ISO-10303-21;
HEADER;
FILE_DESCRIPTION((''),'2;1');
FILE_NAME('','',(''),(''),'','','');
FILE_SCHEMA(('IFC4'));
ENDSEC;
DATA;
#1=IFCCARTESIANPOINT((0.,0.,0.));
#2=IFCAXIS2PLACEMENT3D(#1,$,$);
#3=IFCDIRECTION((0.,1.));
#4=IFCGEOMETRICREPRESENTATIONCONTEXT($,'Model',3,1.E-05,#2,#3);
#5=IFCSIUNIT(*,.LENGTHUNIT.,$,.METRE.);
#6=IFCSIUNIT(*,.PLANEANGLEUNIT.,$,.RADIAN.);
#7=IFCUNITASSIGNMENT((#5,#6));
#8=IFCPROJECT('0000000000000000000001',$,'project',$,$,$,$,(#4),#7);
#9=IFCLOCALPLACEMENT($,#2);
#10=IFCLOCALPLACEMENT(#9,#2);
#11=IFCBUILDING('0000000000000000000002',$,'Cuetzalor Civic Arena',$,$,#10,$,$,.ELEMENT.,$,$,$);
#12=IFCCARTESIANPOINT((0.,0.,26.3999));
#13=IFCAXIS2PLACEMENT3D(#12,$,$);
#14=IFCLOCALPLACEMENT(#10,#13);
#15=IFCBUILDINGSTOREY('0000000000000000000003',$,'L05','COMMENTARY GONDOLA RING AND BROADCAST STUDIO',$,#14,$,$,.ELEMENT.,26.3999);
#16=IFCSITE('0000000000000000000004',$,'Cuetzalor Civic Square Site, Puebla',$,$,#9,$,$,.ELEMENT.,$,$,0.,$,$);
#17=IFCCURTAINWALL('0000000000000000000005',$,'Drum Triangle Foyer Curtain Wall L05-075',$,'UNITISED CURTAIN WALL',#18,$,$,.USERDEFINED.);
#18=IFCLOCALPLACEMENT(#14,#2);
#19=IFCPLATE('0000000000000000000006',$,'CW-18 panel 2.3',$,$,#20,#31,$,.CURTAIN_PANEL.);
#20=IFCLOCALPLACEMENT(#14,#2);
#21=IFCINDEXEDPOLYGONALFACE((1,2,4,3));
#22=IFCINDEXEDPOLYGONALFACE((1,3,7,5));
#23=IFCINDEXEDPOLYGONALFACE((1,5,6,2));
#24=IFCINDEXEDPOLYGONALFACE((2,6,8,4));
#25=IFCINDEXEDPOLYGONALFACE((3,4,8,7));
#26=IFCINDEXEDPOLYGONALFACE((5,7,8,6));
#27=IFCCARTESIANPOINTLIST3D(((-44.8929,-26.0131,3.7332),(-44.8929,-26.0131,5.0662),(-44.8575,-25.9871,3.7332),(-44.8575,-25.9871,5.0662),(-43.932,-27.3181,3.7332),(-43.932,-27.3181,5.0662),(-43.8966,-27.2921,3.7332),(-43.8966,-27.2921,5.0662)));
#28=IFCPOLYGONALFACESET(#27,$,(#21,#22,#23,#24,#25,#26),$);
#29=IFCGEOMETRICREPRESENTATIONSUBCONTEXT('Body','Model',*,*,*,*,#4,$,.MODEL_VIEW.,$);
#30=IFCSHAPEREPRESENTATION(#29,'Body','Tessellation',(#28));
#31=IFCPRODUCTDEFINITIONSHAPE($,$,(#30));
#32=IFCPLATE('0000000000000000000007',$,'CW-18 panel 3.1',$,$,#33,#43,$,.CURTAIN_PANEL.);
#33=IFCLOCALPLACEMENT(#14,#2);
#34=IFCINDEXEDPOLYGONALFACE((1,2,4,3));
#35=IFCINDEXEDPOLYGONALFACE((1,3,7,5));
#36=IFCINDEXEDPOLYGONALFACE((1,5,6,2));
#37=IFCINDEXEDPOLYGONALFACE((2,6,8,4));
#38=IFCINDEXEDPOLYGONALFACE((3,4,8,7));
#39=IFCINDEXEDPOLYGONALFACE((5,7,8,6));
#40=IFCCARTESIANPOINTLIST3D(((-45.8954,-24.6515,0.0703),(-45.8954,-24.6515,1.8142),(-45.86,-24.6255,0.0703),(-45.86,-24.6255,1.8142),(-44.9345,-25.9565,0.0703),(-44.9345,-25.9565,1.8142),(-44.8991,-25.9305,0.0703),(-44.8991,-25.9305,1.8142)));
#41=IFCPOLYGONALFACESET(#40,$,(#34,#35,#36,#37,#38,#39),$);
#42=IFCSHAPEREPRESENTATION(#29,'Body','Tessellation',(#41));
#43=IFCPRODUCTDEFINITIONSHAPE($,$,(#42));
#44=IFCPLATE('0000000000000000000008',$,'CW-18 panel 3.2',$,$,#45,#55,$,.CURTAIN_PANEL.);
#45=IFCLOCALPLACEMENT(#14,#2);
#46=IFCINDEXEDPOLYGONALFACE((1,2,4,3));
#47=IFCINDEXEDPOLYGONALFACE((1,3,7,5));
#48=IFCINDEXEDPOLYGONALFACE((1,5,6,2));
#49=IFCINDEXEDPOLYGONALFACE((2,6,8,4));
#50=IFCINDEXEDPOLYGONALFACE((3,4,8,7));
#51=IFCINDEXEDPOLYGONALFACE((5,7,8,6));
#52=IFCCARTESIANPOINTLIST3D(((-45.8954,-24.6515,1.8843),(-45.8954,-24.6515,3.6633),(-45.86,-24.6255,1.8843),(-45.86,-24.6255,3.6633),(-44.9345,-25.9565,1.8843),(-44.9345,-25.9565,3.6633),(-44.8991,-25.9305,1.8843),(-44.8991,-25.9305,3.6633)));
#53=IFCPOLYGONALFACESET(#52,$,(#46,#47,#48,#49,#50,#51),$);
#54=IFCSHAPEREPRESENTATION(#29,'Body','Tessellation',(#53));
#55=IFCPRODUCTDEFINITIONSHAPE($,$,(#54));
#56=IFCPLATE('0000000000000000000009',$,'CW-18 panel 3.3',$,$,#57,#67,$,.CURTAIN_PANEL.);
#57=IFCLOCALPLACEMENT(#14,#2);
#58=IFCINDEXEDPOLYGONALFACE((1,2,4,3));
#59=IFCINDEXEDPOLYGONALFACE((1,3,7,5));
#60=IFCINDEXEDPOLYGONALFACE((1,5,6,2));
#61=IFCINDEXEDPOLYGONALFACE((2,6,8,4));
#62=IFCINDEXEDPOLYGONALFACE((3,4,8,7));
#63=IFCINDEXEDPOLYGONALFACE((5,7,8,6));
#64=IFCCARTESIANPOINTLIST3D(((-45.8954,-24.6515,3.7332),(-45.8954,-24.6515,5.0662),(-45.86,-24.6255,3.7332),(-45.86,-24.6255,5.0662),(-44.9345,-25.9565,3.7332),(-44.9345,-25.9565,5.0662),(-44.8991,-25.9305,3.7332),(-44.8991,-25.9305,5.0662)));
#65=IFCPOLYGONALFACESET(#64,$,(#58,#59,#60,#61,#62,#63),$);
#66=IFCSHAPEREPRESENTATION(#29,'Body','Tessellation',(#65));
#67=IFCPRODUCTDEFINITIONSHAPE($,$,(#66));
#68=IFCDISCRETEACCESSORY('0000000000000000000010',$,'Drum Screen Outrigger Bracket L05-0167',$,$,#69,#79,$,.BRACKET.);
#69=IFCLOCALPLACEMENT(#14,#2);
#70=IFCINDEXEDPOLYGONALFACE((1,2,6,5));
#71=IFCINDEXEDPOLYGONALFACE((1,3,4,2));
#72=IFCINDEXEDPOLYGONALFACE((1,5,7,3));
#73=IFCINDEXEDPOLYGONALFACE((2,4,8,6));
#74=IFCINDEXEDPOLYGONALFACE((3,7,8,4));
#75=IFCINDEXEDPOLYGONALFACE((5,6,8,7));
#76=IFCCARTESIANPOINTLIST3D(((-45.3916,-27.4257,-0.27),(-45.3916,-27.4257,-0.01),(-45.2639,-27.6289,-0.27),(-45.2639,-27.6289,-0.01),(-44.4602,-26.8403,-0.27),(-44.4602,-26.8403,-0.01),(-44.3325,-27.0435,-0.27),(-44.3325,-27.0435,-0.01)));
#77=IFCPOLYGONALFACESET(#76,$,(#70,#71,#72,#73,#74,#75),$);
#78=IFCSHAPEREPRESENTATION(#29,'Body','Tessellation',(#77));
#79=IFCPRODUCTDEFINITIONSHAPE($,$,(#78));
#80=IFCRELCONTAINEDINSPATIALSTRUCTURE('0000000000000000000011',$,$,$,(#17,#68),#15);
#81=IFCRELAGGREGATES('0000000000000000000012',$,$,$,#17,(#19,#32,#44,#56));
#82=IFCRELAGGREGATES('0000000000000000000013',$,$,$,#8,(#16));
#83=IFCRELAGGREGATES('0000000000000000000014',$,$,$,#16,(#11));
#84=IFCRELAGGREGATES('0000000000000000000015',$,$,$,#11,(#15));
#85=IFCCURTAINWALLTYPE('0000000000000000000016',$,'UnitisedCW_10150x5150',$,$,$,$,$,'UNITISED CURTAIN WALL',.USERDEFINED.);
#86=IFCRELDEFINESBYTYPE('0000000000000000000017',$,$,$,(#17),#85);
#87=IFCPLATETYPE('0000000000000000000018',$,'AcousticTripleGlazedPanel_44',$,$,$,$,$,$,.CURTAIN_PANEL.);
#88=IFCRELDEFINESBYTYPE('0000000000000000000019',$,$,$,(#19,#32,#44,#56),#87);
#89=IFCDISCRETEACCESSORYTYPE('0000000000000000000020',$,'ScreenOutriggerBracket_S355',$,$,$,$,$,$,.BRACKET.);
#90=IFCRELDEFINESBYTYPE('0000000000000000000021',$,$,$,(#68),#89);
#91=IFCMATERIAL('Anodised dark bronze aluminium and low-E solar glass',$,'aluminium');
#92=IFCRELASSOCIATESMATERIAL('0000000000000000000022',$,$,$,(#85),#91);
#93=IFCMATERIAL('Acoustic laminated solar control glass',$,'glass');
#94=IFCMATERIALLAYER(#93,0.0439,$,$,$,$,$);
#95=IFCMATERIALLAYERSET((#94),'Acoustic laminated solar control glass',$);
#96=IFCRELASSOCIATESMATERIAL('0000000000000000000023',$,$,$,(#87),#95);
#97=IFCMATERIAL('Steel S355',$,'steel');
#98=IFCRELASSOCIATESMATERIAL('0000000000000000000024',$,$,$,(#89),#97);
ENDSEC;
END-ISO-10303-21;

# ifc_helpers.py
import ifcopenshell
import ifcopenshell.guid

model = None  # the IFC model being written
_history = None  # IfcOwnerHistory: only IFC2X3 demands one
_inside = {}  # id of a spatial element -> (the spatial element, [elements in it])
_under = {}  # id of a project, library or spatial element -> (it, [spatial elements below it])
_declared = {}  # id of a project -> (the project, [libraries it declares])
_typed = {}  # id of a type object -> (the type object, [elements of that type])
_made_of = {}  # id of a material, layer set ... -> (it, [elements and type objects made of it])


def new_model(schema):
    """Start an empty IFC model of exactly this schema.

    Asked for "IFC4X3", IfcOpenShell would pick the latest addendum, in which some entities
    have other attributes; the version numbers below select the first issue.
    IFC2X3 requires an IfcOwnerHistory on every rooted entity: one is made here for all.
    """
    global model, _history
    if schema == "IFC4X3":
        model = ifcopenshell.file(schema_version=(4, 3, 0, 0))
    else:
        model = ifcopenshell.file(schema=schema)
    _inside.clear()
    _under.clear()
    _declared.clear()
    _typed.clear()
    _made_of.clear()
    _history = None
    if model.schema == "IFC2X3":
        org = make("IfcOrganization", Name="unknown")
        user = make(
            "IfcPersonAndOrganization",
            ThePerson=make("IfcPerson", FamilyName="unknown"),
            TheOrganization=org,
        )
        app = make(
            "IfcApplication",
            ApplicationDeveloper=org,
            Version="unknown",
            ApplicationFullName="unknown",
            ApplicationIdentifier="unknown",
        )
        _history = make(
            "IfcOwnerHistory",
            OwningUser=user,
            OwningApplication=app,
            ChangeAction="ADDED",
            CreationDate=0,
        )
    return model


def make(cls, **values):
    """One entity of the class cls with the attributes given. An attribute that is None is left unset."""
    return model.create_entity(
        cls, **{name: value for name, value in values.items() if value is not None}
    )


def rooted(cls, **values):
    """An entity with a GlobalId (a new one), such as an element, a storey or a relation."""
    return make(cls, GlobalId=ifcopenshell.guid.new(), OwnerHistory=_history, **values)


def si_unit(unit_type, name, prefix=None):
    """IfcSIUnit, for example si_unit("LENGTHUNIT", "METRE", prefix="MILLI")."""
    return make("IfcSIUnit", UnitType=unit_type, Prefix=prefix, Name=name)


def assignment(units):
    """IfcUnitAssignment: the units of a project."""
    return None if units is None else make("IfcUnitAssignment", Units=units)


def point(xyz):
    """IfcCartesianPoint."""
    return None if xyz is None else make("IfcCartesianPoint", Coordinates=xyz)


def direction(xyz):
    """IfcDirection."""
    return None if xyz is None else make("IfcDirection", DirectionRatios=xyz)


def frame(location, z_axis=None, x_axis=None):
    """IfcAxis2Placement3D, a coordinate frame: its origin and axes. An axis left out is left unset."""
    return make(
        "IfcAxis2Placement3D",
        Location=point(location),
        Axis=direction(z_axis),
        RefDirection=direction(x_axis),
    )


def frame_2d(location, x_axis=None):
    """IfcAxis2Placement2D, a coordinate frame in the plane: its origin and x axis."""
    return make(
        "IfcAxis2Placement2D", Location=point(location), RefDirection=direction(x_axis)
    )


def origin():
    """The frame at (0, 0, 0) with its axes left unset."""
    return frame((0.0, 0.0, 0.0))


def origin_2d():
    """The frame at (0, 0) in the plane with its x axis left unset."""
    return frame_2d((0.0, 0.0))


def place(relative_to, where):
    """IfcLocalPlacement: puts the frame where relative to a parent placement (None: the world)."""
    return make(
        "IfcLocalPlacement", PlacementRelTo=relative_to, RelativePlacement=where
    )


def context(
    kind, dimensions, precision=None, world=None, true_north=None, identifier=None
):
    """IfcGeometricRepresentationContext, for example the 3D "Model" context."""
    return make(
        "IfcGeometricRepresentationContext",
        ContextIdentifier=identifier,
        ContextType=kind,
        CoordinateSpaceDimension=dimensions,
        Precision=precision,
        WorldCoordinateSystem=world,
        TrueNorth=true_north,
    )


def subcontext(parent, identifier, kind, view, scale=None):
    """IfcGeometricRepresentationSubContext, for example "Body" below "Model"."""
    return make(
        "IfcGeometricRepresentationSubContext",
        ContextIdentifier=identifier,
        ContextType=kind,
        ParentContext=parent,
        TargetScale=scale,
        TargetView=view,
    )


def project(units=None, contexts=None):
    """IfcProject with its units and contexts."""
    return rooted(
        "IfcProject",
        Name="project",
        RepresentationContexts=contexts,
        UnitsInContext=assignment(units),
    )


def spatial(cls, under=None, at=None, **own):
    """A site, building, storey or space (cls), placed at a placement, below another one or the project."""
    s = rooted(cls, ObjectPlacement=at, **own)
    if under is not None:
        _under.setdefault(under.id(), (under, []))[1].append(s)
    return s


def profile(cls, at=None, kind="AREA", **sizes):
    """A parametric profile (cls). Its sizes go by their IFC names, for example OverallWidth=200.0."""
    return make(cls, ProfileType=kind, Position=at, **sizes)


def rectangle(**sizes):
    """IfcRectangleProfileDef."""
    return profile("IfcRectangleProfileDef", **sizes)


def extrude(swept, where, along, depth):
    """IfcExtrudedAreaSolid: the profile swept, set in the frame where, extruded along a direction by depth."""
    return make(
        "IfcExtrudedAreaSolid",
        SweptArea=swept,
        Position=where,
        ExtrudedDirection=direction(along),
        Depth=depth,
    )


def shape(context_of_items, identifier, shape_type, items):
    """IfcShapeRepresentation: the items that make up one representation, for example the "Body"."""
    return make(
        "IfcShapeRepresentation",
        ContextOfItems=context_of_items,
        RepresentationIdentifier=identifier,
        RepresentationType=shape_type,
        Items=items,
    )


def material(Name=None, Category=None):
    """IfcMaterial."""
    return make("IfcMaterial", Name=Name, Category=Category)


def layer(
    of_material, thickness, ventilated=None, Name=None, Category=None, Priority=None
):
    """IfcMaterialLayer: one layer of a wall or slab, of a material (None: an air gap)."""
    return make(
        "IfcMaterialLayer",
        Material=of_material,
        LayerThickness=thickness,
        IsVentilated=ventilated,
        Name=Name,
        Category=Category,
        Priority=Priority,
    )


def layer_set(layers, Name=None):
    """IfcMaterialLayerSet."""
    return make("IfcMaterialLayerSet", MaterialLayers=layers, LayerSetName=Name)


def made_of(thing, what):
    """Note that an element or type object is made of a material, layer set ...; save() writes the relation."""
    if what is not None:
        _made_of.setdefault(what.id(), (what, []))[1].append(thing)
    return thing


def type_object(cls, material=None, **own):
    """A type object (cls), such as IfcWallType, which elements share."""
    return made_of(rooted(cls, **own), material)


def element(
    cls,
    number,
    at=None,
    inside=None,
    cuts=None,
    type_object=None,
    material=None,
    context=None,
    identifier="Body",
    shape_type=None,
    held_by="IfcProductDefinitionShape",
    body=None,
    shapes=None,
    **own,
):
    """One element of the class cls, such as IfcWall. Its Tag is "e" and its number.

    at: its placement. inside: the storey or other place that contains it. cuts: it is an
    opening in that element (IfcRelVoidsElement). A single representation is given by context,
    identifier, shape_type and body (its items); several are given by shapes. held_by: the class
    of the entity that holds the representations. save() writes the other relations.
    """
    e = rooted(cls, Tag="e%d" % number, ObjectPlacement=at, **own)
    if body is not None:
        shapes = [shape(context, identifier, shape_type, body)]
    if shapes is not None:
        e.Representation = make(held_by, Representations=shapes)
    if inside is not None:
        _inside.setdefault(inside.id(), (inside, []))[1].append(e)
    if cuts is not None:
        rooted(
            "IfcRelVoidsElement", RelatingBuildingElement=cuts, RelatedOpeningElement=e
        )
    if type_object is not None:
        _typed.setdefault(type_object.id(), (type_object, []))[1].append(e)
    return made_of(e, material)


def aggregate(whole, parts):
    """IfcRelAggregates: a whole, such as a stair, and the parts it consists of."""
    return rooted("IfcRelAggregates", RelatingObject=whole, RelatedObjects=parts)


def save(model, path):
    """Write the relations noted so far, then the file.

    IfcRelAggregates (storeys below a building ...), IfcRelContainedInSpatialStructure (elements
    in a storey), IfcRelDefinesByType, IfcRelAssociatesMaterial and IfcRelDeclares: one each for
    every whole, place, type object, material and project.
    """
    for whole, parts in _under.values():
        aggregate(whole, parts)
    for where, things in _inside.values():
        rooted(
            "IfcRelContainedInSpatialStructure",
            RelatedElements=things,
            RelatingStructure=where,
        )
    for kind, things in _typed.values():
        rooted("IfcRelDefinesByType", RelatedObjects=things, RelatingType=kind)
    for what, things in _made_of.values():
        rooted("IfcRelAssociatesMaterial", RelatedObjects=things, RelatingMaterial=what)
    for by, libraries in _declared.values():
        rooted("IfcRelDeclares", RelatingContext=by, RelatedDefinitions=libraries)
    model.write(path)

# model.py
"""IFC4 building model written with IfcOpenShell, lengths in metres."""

from ifc_helpers import new_model, si_unit, direction, frame, origin, origin_2d, place, context, subcontext, project, spatial, rectangle, extrude, material, layer, layer_set, type_object, element, aggregate, save


model = new_model("IFC4")

# Units and contexts
model_context = context("Model", 3, precision=1e-05, world=origin(), true_north=direction((0.0, 1.0)))
body_context = subcontext(model_context, "Body", "Model", "MODEL_VIEW")
ifc_project = project(units=[si_unit("LENGTHUNIT", "METRE"), si_unit("PLANEANGLEUNIT", "RADIAN")], contexts=[model_context])

# Site, building, storey
site_placement = place(None, origin())
site = spatial("IfcSite", under=ifc_project, at=site_placement, Name="Cuetzalor Civic Square Site, Puebla", CompositionType="ELEMENT", RefElevation=0.0)
building_placement = place(site_placement, origin())
building = spatial("IfcBuilding", under=site, at=building_placement, Name="Cuetzalor Civic Arena", CompositionType="ELEMENT")
storey_placement = place(building_placement, frame((0.0, 0.0, 26.3999)))
storey = spatial("IfcBuildingStorey", under=building, at=storey_placement, Name="L05", Description="COMMENTARY GONDOLA RING AND BROADCAST STUDIO", CompositionType="ELEMENT", Elevation=26.3999)

# Curtain wall, plates
ifc_material_1 = material(Name="Anodised dark bronze aluminium and low-E solar glass", Category="aluminium")
curtain_wall_type = type_object("IfcCurtainWallType", Name="UnitisedCW_10150x5150", ElementType="UNITISED CURTAIN WALL", PredefinedType="USERDEFINED", material=ifc_material_1)
curtain_wall_placement = place(storey_placement, origin())
curtain_wall = element("IfcCurtainWall", 1, at=curtain_wall_placement, inside=storey, type_object=curtain_wall_type, Name="Drum Triangle Foyer Curtain Wall L05-075", ObjectType="UNITISED CURTAIN WALL", PredefinedType="USERDEFINED")
ifc_material_2 = material(Name="Acoustic laminated solar control glass", Category="glass")
ifc_layer = layer(ifc_material_2, 0.0439)
ifc_layer_set = layer_set([ifc_layer], Name="Acoustic laminated solar control glass")
plate_type = type_object("IfcPlateType", Name="AcousticTripleGlazedPanel_44", PredefinedType="CURTAIN_PANEL", material=ifc_layer_set)
plate_1_placement = place(storey_placement, frame((-44.3948, -26.6526, 3.7332), z_axis=(0.0, 0.0, 1.0), x_axis=(-0.592929, 0.805255, 0.0)))
plate_1 = element("IfcPlate", 2, at=plate_1_placement, type_object=plate_type, Name="CW-18 panel 2.3", PredefinedType="CURTAIN_PANEL", context=body_context, shape_type="SweptSolid", body=[
    extrude(rectangle(XDim=1.6206, YDim=0.0439, at=origin_2d()), origin(), (0.0, 0.0, 1.0), 1.333),
])
plate_2_placement = place(storey_placement, frame((-45.3972, -25.291, 0.0703), z_axis=(0.0, 0.0, 1.0), x_axis=(-0.592929, 0.805255, 0.0)))
plate_2 = element("IfcPlate", 3, at=plate_2_placement, type_object=plate_type, Name="CW-18 panel 3.1", PredefinedType="CURTAIN_PANEL", context=body_context, shape_type="SweptSolid", body=[
    extrude(rectangle(XDim=1.6206, YDim=0.0439, at=origin_2d()), origin(), (0.0, 0.0, 1.0), 1.7439),
])
plate_3_placement = place(storey_placement, frame((-45.3972, -25.291, 1.8843), z_axis=(0.0, 0.0, 1.0), x_axis=(-0.592929, 0.805255, 0.0)))
plate_3 = element("IfcPlate", 4, at=plate_3_placement, type_object=plate_type, Name="CW-18 panel 3.2", PredefinedType="CURTAIN_PANEL", context=body_context, shape_type="SweptSolid", body=[
    extrude(rectangle(XDim=1.6206, YDim=0.0439, at=origin_2d()), origin(), (0.0, 0.0, 1.0), 1.7791),
])
plate_4_placement = place(storey_placement, frame((-45.3972, -25.291, 3.7332), z_axis=(0.0, 0.0, 1.0), x_axis=(-0.592929, 0.805255, 0.0)))
plate_4 = element("IfcPlate", 5, at=plate_4_placement, type_object=plate_type, Name="CW-18 panel 3.3", PredefinedType="CURTAIN_PANEL", context=body_context, shape_type="SweptSolid", body=[
    extrude(rectangle(XDim=1.6206, YDim=0.0439, at=origin_2d()), origin(), (0.0, 0.0, 1.0), 1.333),
])
aggregate(curtain_wall, [plate_1, plate_2, plate_3, plate_4])

# Discrete accessory
ifc_material_3 = material(Name="Steel S355", Category="steel")
discrete_accessory_type = type_object("IfcDiscreteAccessoryType", Name="ScreenOutriggerBracket_S355", PredefinedType="BRACKET", material=ifc_material_3)
discrete_accessory_placement = place(storey_placement, frame((-44.8621, -27.2346, -0.27), z_axis=(0.0, 0.0, 1.0), x_axis=(-0.846658, -0.532138, 0.0)))
element("IfcDiscreteAccessory", 6, at=discrete_accessory_placement, inside=storey, type_object=discrete_accessory_type, Name="Drum Screen Outrigger Bracket L05-0167", PredefinedType="BRACKET", context=body_context, shape_type="SweptSolid", body=[
    extrude(rectangle(XDim=1.1001, YDim=0.24, at=origin_2d()), origin(), (0.0, 0.0, 1.0), 0.26),
])

save(model, "model.ifc")
